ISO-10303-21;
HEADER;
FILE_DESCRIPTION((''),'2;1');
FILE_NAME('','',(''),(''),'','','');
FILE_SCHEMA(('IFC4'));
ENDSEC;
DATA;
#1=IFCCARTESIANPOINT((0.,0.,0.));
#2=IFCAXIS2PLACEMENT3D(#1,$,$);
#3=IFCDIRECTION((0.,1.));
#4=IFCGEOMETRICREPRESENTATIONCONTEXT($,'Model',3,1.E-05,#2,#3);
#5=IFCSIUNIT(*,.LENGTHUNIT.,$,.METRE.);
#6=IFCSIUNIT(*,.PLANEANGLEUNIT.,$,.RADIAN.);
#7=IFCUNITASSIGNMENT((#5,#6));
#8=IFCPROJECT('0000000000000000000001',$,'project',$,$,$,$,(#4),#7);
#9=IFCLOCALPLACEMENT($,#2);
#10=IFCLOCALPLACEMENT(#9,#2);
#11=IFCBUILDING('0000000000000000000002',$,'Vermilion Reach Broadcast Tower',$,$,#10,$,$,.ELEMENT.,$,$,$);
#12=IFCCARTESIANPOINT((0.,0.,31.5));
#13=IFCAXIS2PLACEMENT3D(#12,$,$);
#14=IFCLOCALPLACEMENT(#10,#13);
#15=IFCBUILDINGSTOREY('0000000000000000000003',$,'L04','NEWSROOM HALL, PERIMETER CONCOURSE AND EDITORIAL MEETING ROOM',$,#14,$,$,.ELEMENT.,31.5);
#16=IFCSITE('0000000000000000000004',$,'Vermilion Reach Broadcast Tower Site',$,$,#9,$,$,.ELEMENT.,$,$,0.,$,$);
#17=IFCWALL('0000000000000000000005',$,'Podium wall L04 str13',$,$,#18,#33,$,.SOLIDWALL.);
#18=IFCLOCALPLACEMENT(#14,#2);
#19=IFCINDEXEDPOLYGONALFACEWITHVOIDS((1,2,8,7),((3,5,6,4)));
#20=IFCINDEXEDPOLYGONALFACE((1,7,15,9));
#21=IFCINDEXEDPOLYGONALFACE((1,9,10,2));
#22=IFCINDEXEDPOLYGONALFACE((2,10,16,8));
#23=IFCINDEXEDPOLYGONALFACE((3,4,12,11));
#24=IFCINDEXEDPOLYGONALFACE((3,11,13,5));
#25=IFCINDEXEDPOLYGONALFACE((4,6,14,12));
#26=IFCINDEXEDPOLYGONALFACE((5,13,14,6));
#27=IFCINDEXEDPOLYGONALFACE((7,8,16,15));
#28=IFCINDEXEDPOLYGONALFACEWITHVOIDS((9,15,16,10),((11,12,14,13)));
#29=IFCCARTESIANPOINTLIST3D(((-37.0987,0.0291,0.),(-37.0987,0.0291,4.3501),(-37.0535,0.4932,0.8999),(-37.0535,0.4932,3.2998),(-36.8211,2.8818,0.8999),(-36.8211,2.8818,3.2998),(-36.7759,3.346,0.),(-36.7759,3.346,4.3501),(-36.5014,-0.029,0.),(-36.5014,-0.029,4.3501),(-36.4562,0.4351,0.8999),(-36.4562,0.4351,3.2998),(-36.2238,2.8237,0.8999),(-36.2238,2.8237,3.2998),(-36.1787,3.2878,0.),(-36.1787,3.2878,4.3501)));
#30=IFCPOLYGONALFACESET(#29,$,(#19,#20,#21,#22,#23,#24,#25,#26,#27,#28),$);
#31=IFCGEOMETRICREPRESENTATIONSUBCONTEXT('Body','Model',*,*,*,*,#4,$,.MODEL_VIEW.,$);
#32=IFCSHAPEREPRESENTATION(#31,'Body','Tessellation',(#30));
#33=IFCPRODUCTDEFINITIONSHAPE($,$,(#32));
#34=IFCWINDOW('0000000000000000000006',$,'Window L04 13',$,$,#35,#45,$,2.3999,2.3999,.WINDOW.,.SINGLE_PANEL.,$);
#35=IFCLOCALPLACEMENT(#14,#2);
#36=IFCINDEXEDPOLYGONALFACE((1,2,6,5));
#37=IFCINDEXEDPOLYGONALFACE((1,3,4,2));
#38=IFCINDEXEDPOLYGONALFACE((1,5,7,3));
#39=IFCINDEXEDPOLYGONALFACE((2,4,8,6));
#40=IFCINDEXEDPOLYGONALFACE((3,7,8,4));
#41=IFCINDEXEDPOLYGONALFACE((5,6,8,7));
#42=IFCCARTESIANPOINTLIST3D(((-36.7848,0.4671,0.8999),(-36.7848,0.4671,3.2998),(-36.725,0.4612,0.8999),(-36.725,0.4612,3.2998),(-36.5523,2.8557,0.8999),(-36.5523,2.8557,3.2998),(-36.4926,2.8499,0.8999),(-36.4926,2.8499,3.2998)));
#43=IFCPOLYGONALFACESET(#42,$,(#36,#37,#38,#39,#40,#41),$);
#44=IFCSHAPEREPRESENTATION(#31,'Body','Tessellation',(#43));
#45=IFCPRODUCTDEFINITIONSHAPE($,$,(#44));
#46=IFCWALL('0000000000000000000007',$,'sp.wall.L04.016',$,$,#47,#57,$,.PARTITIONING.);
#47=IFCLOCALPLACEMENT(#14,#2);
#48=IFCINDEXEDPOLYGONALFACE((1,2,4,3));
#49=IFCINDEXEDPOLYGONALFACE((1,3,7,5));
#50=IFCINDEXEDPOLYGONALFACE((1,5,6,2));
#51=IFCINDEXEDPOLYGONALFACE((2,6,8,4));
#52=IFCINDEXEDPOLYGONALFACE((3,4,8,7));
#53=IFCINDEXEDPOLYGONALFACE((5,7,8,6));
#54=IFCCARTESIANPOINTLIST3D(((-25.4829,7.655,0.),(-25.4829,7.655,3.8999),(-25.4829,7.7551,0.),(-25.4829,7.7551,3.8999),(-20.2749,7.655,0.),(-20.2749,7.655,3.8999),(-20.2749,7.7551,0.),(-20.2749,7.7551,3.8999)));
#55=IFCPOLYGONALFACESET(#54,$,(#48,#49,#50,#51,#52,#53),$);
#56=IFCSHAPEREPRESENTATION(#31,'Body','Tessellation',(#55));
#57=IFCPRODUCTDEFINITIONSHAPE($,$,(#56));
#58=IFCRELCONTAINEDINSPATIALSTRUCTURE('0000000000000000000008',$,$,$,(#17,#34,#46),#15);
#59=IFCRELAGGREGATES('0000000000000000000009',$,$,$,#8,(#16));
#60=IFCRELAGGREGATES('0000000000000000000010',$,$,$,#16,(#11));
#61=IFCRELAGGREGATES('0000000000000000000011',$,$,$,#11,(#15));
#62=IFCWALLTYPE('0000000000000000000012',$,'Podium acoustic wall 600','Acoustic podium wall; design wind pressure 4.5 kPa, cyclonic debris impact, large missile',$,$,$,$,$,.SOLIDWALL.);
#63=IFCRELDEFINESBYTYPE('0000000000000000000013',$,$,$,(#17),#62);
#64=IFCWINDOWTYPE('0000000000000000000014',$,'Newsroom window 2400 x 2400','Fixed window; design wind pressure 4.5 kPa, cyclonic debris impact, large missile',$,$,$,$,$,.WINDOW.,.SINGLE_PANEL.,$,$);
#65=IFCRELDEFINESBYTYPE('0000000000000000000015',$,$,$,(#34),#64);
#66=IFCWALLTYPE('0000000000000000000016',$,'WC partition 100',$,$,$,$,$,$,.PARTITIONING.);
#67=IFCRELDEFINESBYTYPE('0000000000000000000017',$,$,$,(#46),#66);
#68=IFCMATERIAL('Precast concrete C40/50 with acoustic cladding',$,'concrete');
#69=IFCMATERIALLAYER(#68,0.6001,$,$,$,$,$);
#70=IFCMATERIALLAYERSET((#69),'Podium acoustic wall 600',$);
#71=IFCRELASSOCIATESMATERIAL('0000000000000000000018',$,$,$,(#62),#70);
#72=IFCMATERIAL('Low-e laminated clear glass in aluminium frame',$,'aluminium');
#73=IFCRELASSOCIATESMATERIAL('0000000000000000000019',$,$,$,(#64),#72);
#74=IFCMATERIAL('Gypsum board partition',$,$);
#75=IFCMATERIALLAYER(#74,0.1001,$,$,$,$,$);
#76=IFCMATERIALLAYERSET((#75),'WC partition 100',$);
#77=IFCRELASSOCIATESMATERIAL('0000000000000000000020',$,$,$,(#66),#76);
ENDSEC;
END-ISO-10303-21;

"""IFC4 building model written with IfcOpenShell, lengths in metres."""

from ifc_helpers import new_model, si_unit, direction, frame, frame_2d, origin, place, context, subcontext, project, spatial, rectangle, extrude, material, layer, layer_set, type_object, element, fill, save


model = new_model("IFC4")

# Units and contexts
model_context = context("Model", 3, precision=1e-05, world=origin(), true_north=direction((0.0, 1.0)))
body_context = subcontext(model_context, "Body", "Model", "MODEL_VIEW")
ifc_project = project(units=[si_unit("LENGTHUNIT", "METRE"), si_unit("PLANEANGLEUNIT", "RADIAN")], contexts=[model_context])

# Site, building, storey
site_placement = place(None, origin())
site = spatial("IfcSite", under=ifc_project, at=site_placement, Name="Vermilion Reach Broadcast Tower Site", CompositionType="ELEMENT", RefElevation=0.0)
building_placement = place(site_placement, origin())
building = spatial("IfcBuilding", under=site, at=building_placement, Name="Vermilion Reach Broadcast Tower", CompositionType="ELEMENT")
storey_placement = place(building_placement, frame((0.0, 0.0, 31.5)))
storey = spatial("IfcBuildingStorey", under=building, at=storey_placement, Name="L04", Description="NEWSROOM HALL, PERIMETER CONCOURSE AND EDITORIAL MEETING ROOM", CompositionType="ELEMENT", Elevation=31.5)

# Wall, opening, window
ifc_material_1 = material(Name="Precast concrete C40/50 with acoustic cladding", Category="concrete")
ifc_layer_1 = layer(ifc_material_1, 0.6001)
ifc_layer_set_1 = layer_set([ifc_layer_1], Name="Podium acoustic wall 600")
wall_type_1 = type_object("IfcWallType", Name="Podium acoustic wall 600", Description="Acoustic podium wall; design wind pressure 4.5 kPa, cyclonic debris impact, large missile", PredefinedType="SOLIDWALL", material=ifc_layer_set_1)
ifc_material_2 = material(Name="Low-e laminated clear glass in aluminium frame", Category="aluminium")
window_type = type_object("IfcWindowType", Name="Newsroom window 2400 x 2400", Description="Fixed window; design wind pressure 4.5 kPa, cyclonic debris impact, large missile", PartitioningType="SINGLE_PANEL", PredefinedType="WINDOW", material=ifc_material_2)
wall_1_placement = place(storey_placement, frame((-36.4773, 3.3169, 0.0), z_axis=(0.0, 0.0, 1.0), x_axis=(-0.096849, -0.995299, 0.0)))
wall_1 = element("IfcWall", 1, at=wall_1_placement, inside=storey, type_object=wall_type_1, Name="Podium wall L04 str13", PredefinedType="SOLIDWALL", context=body_context, shape_type="SweptSolid", body=[
    extrude(rectangle(XDim=3.3325, YDim=0.6001, at=frame_2d((1.6663, 0.0))), origin(), (0.0, 0.0, 1.0), 4.3501),
])
opening_1_placement = place(wall_1_placement, frame((0.4663, 0.0, 0.8999)))
opening_1 = element("IfcOpeningElement", 2, at=opening_1_placement, cuts=wall_1, PredefinedType="OPENING", context=body_context, shape_type="SweptSolid", body=[
    extrude(rectangle(XDim=2.3999, YDim=2.3999, at=frame_2d((1.2, 1.2))), frame((0.0, 0.3101, 0.0), z_axis=(0.0, -1.0, 0.0), x_axis=(1.0, 0.0, 0.0)), (0.0, 0.0, 1.0), 0.6201),
])
window_1_placement = place(opening_1_placement, origin())
window_1 = element("IfcWindow", 3, at=window_1_placement, inside=storey, type_object=window_type, Name="Window L04 13", OverallHeight=2.3999, OverallWidth=2.3999, PartitioningType="SINGLE_PANEL", PredefinedType="WINDOW", context=body_context, shape_type="SweptSolid", body=[
    extrude(rectangle(XDim=2.3999, YDim=2.3999, at=frame_2d((1.2, 1.2))), frame((0.0, 0.03, 0.0), z_axis=(0.0, -1.0, 0.0), x_axis=(1.0, 0.0, 0.0)), (0.0, 0.0, 1.0), 0.0601),
])
fill(opening_1, window_1)

# Wall
ifc_material_3 = material(Name="Gypsum board partition")
ifc_layer_2 = layer(ifc_material_3, 0.1001)
ifc_layer_set_2 = layer_set([ifc_layer_2], Name="WC partition 100")
wall_type_2 = type_object("IfcWallType", Name="WC partition 100", PredefinedType="PARTITIONING", material=ifc_layer_set_2)
wall_2_placement = place(storey_placement, frame((-25.4829, 7.7051, 0.0), z_axis=(0.0, 0.0, 1.0), x_axis=(1.0, 0.0, 0.0)))
element("IfcWall", 4, at=wall_2_placement, inside=storey, type_object=wall_type_2, Name="sp.wall.L04.016", PredefinedType="PARTITIONING", context=body_context, shape_type="SweptSolid", body=[
    extrude(rectangle(XDim=5.208, YDim=0.1001, at=frame_2d((2.604, 0.0))), origin(), (0.0, 0.0, 1.0), 3.8999),
])

save(model, "model.ifc")
